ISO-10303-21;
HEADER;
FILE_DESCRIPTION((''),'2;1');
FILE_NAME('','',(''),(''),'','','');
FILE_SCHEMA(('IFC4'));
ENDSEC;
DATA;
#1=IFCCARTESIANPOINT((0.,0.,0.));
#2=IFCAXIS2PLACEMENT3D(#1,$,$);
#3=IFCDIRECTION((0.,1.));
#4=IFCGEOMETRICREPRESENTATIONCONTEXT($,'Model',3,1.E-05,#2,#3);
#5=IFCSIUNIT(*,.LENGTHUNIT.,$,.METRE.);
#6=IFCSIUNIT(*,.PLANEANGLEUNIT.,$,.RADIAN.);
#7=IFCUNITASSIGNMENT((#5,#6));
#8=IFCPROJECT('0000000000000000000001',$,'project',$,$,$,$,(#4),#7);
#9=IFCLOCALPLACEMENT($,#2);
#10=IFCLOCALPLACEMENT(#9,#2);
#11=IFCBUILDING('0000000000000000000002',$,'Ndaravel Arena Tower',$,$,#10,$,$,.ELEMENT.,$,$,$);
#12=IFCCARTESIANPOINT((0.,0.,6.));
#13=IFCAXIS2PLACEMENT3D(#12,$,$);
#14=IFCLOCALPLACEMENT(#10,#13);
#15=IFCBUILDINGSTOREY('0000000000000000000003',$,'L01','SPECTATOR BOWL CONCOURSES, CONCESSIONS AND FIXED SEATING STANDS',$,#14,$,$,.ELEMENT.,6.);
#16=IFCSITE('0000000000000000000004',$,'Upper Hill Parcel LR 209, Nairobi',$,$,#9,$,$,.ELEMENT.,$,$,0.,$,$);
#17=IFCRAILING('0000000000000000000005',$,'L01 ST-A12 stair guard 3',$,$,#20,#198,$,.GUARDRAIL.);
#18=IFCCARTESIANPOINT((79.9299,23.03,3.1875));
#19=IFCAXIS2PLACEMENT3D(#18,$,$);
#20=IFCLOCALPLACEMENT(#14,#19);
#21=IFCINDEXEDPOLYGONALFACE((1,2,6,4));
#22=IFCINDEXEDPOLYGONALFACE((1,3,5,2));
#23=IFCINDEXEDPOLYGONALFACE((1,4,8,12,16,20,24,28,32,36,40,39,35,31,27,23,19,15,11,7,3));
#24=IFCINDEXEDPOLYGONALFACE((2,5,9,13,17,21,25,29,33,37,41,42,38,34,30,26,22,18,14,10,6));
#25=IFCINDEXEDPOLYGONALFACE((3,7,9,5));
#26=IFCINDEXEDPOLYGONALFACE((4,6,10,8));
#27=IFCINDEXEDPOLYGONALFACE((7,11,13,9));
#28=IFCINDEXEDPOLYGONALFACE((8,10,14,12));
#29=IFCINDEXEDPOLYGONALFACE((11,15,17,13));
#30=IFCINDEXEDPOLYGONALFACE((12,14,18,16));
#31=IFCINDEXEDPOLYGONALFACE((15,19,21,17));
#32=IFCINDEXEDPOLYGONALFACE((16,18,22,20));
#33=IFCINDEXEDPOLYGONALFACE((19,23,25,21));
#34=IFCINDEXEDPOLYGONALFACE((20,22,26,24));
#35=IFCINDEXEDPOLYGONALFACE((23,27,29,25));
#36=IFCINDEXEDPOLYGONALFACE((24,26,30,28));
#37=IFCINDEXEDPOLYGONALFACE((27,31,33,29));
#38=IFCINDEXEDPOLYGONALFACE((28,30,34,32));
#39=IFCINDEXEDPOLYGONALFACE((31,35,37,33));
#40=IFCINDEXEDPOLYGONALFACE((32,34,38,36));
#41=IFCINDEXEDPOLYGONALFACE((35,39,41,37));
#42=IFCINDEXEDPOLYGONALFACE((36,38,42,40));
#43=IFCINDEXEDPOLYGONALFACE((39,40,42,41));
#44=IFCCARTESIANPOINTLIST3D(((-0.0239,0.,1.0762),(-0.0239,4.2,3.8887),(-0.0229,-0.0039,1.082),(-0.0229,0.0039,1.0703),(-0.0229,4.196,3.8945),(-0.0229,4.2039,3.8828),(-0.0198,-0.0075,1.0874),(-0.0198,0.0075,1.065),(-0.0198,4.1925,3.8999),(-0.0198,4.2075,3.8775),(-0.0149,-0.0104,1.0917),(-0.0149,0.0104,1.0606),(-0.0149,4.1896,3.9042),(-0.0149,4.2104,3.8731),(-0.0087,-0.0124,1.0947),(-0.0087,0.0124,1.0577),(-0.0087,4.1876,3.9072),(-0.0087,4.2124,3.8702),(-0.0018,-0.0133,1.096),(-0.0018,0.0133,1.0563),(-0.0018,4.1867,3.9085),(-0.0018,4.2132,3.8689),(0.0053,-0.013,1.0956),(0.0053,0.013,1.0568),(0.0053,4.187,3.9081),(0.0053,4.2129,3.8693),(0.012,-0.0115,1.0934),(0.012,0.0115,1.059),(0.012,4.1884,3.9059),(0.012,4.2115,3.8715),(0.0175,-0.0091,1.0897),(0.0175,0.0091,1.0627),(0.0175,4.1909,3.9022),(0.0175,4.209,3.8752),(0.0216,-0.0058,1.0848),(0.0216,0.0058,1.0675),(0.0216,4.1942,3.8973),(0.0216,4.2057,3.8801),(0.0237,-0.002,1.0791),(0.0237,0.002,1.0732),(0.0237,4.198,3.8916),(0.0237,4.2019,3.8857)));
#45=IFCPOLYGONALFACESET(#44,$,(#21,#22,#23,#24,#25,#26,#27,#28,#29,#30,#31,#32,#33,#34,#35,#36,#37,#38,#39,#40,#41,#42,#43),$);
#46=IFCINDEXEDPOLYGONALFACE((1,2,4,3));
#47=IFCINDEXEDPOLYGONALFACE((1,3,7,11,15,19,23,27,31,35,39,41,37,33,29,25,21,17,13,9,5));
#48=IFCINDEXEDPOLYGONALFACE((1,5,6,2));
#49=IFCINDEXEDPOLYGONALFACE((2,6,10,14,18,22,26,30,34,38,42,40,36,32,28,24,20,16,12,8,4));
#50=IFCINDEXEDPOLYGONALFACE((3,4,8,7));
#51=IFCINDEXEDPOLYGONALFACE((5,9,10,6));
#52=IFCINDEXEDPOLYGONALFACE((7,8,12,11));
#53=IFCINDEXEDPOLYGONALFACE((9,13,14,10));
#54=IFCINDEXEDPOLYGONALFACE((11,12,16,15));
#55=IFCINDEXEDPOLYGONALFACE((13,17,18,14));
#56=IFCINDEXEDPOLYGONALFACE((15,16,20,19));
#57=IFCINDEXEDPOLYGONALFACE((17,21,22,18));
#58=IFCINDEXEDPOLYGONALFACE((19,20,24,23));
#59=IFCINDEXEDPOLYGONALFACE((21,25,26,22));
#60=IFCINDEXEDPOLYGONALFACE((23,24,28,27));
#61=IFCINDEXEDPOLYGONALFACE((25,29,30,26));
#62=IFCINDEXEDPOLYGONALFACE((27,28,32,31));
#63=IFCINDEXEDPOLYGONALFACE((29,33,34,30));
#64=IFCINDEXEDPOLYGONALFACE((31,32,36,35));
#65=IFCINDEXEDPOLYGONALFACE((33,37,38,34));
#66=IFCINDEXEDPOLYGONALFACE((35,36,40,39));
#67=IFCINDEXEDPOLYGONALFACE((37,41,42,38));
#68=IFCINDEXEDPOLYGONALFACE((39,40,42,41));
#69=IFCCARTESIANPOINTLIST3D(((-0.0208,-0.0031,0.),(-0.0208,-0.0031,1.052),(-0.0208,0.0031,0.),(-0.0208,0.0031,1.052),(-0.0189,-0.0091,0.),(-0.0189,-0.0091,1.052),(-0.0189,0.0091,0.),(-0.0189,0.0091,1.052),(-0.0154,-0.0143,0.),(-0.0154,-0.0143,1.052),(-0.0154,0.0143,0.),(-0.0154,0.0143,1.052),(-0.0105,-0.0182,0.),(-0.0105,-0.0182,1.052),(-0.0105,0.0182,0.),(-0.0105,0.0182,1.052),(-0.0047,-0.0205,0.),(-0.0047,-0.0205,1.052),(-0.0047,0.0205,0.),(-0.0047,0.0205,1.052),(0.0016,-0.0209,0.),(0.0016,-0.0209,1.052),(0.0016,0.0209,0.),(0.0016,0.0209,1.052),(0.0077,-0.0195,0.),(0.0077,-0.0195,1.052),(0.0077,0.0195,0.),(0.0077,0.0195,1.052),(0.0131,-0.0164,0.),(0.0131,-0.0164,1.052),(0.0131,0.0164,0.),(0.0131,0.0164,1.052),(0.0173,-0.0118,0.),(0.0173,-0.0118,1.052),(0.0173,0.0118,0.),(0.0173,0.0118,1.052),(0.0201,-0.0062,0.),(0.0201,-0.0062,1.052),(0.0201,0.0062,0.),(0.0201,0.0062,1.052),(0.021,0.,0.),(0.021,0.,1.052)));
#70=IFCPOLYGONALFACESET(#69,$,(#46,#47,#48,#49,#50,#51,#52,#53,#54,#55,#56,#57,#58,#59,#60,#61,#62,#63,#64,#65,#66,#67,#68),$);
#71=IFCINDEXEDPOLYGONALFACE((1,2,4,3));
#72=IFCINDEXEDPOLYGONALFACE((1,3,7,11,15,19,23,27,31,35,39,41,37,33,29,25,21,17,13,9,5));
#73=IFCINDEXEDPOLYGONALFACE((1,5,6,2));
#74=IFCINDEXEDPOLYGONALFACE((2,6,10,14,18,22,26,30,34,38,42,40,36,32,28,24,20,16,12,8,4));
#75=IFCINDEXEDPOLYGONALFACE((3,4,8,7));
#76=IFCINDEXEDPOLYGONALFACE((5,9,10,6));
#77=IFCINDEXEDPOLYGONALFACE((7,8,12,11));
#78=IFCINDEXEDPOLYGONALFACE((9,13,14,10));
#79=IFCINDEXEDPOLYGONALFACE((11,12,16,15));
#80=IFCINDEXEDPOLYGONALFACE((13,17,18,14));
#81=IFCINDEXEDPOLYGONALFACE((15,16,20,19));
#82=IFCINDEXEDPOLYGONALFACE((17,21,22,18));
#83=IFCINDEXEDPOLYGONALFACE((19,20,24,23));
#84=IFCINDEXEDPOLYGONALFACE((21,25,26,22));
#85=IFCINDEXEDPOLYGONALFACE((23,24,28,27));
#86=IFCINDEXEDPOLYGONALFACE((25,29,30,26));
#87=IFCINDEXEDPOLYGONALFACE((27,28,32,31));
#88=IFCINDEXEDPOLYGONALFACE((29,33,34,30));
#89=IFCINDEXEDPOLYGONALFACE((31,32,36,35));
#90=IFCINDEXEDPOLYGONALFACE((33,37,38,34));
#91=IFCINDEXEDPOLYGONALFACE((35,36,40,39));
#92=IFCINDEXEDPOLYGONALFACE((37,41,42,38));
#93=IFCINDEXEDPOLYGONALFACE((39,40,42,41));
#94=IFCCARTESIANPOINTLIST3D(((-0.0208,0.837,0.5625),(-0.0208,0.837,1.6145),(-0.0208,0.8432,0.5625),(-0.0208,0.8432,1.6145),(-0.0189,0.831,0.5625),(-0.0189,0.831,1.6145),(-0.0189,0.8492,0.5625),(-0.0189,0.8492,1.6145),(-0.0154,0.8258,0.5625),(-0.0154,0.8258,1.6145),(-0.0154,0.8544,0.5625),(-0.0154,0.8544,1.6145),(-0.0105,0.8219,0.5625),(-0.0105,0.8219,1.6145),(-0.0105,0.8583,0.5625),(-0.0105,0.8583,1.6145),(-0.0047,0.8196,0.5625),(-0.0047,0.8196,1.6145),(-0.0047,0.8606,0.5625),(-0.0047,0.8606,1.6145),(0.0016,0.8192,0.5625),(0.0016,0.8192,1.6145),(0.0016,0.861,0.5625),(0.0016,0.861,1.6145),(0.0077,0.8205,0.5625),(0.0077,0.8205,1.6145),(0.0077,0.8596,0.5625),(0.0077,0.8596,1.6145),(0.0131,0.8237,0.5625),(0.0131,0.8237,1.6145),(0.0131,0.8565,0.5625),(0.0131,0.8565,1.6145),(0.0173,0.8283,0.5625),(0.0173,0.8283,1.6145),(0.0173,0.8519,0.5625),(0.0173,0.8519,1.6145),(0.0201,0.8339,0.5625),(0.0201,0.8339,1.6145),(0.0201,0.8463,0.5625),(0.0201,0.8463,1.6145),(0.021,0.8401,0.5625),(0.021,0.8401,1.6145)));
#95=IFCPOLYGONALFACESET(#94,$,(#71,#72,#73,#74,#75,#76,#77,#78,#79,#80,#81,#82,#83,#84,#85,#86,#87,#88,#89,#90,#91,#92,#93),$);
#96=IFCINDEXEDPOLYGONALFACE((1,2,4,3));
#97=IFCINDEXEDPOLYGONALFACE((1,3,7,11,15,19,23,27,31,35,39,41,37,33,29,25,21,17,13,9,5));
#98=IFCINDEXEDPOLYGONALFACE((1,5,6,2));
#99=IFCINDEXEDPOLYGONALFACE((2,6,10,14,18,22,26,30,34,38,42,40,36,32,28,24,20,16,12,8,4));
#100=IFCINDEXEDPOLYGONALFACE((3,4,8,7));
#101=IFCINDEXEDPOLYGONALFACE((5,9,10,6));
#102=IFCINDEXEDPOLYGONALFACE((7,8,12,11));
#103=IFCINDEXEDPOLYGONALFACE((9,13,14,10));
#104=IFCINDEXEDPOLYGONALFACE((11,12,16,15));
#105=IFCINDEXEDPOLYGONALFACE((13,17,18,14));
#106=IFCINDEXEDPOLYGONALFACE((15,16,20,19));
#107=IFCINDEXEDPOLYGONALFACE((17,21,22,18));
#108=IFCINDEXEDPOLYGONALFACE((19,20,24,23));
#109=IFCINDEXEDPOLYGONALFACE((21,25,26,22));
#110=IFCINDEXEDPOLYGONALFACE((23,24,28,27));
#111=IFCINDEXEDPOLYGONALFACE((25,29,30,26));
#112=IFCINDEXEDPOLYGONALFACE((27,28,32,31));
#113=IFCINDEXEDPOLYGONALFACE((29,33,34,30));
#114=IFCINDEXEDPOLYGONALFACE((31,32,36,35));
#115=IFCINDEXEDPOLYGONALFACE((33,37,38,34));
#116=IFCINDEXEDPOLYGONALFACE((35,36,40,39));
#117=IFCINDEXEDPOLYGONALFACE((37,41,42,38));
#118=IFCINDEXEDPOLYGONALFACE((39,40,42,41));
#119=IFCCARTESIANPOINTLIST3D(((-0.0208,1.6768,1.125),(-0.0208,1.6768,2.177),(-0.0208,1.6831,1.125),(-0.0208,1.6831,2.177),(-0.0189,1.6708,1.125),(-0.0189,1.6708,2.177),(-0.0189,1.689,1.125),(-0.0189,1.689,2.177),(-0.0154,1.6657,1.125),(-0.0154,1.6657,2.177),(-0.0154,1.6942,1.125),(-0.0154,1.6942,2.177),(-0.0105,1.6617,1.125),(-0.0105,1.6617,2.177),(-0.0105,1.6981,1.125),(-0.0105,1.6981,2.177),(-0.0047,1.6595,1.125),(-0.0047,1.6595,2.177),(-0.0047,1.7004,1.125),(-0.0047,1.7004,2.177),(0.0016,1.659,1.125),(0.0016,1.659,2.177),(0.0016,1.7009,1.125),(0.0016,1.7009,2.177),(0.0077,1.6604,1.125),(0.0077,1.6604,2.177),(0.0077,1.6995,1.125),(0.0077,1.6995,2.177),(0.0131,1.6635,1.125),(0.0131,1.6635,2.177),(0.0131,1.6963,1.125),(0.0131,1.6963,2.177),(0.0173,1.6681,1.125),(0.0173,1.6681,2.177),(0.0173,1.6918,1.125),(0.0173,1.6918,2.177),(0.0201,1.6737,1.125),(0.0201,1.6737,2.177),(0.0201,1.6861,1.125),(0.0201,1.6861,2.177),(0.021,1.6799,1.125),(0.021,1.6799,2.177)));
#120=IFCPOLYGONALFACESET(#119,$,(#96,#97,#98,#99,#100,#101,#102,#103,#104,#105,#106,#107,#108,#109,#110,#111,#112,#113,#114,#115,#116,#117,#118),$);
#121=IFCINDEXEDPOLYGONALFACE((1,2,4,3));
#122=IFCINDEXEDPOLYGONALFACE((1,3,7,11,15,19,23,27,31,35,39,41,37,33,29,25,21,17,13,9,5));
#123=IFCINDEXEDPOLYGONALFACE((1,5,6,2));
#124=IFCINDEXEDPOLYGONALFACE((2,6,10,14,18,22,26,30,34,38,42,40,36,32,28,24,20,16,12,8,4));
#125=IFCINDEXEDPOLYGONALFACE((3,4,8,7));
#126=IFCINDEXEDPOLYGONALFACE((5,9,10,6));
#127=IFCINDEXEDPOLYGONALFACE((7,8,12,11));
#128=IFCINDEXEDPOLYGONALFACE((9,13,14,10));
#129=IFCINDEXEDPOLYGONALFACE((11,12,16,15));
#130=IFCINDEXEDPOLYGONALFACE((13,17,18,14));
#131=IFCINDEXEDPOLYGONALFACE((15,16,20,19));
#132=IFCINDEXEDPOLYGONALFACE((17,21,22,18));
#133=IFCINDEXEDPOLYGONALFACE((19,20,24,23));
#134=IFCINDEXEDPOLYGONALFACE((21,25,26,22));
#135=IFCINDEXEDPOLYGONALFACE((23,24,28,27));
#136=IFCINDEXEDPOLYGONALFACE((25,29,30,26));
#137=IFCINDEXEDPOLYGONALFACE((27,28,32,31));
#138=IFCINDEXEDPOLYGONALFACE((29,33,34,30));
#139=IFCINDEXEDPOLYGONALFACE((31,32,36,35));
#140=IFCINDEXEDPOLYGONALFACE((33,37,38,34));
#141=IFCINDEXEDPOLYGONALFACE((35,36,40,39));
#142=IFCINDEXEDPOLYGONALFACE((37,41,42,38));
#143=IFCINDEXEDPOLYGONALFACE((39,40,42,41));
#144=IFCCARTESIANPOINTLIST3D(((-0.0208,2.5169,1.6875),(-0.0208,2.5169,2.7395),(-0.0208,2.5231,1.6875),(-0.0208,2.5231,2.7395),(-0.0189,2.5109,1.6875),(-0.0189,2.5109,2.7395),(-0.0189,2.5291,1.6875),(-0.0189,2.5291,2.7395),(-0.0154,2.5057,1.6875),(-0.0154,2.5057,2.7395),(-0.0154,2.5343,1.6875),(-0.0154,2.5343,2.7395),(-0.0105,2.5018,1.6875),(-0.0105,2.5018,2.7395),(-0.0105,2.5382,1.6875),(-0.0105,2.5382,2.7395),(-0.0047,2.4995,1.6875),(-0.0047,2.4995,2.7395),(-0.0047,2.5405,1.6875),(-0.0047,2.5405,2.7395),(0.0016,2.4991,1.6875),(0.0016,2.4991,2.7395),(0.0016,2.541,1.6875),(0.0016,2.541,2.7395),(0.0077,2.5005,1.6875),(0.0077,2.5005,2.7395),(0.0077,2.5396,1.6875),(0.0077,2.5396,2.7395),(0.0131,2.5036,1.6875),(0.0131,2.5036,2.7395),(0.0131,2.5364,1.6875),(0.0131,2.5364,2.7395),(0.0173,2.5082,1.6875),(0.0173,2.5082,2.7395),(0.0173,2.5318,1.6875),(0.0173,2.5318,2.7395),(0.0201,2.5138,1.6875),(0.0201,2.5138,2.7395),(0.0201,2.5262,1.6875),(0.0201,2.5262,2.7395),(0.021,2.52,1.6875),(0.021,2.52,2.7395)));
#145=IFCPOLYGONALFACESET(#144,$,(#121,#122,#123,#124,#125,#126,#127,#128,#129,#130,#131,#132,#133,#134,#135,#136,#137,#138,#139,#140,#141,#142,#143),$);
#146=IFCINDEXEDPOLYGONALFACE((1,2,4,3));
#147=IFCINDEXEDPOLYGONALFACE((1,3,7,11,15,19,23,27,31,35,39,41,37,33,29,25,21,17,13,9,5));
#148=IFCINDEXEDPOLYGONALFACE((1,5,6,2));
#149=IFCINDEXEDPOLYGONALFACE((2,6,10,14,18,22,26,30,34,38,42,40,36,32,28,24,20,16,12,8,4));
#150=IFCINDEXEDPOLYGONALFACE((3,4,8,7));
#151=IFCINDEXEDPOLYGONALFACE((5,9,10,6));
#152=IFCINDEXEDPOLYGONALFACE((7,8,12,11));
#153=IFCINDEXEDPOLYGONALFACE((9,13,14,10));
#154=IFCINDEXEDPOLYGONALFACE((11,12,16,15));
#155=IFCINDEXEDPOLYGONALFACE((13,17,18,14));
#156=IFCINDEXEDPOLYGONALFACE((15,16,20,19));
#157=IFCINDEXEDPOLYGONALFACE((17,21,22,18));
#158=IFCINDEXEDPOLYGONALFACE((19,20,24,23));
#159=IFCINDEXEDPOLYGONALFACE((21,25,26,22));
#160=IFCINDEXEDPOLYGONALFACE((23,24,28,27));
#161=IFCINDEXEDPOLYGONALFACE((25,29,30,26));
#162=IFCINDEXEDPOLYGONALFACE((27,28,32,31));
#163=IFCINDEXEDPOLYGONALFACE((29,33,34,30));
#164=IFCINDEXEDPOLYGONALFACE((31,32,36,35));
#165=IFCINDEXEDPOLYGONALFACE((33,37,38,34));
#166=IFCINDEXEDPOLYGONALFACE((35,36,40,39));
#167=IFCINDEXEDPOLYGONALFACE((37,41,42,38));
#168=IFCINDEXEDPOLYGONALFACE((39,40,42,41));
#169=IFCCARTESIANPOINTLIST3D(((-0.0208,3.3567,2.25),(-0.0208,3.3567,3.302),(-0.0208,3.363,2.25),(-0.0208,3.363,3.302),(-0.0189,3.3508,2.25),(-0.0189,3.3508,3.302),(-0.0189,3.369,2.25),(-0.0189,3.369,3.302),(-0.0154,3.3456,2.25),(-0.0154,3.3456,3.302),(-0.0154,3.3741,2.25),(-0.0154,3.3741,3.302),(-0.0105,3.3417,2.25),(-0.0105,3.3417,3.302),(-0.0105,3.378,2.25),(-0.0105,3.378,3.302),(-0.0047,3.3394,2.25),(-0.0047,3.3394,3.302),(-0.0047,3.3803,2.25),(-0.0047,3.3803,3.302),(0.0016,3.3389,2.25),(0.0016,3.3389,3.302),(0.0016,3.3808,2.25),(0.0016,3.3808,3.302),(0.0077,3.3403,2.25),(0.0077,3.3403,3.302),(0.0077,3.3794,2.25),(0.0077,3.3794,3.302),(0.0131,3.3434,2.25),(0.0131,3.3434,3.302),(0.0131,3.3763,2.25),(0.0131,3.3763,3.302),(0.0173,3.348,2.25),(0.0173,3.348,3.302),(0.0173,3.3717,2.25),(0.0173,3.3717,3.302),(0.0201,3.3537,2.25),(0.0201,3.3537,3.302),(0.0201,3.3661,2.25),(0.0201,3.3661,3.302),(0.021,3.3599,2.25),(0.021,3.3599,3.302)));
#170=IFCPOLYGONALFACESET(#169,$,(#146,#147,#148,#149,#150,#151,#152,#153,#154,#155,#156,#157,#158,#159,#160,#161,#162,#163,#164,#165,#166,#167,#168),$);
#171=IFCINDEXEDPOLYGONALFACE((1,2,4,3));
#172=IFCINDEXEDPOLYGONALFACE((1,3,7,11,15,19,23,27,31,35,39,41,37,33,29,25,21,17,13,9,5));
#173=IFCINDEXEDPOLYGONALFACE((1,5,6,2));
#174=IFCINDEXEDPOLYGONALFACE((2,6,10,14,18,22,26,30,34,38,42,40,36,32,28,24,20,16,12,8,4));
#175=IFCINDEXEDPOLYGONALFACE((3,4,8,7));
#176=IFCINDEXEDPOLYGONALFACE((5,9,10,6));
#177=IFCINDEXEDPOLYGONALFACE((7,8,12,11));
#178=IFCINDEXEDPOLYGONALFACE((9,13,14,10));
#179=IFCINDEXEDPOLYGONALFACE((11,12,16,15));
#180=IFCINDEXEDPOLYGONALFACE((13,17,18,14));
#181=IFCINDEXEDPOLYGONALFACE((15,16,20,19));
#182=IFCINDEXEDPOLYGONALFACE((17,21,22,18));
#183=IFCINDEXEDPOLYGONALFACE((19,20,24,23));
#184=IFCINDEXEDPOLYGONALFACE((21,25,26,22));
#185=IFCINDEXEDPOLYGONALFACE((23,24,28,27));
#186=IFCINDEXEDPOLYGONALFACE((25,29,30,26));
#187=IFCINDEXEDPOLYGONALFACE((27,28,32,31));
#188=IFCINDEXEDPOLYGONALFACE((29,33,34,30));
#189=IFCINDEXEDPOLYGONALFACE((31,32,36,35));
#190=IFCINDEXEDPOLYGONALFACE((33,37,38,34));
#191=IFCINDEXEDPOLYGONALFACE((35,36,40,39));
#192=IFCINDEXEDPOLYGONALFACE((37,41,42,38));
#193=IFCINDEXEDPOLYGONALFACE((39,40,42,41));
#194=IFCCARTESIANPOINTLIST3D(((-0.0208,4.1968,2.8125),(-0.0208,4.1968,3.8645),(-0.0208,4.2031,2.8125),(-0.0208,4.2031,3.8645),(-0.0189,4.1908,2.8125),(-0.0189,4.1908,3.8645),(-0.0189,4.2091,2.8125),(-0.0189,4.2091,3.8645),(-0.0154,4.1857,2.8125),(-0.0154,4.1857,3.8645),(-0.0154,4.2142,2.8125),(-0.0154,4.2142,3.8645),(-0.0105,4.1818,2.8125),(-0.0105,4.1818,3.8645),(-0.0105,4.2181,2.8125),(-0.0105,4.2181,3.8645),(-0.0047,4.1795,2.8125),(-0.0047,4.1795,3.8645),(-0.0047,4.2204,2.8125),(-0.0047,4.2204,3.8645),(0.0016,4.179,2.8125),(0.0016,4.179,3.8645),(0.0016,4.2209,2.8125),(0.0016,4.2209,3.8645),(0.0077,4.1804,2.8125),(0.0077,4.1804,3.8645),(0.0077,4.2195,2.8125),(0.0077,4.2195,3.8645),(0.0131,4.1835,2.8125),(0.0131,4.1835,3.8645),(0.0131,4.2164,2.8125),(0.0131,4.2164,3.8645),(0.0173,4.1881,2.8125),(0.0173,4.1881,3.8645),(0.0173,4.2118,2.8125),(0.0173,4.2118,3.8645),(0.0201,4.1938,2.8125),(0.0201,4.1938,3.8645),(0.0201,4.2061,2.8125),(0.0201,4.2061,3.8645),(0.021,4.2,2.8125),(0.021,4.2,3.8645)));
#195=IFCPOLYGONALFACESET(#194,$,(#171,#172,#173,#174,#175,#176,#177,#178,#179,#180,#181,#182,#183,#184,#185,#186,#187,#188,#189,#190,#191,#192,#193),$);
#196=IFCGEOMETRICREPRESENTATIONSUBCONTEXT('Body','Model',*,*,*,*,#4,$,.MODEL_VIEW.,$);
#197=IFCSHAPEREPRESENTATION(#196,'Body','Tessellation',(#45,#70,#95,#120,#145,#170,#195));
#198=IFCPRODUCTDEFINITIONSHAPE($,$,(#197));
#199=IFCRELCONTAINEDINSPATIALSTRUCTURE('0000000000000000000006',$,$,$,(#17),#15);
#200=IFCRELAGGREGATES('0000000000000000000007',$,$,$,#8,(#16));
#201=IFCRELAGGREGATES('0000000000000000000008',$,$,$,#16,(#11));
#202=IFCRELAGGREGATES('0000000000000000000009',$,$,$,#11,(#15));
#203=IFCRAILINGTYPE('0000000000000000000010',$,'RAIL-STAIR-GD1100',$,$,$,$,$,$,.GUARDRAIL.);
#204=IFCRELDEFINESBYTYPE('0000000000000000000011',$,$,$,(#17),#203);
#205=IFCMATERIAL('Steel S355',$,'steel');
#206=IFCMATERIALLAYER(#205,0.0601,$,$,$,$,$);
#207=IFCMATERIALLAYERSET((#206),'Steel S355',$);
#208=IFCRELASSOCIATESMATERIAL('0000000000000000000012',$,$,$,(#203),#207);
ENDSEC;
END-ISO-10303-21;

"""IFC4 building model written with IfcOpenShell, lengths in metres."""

from ifc_helpers import new_model, si_unit, direction, frame, origin, origin_2d, place, context, subcontext, project, spatial, circle, extrude, material, layer, layer_set, type_object, element, save


model = new_model("IFC4")

# Units and contexts
model_context = context("Model", 3, precision=1e-05, world=origin(), true_north=direction((0.0, 1.0)))
body_context = subcontext(model_context, "Body", "Model", "MODEL_VIEW")
ifc_project = project(units=[si_unit("LENGTHUNIT", "METRE"), si_unit("PLANEANGLEUNIT", "RADIAN")], contexts=[model_context])

# Site, building, storey
site_placement = place(None, origin())
site = spatial("IfcSite", under=ifc_project, at=site_placement, Name="Upper Hill Parcel LR 209, Nairobi", CompositionType="ELEMENT", RefElevation=0.0)
building_placement = place(site_placement, origin())
building = spatial("IfcBuilding", under=site, at=building_placement, Name="Ndaravel Arena Tower", CompositionType="ELEMENT")
storey_placement = place(building_placement, frame((0.0, 0.0, 6.0)))
storey = spatial("IfcBuildingStorey", under=building, at=storey_placement, Name="L01", Description="SPECTATOR BOWL CONCOURSES, CONCESSIONS AND FIXED SEATING STANDS", CompositionType="ELEMENT", Elevation=6.0)

# Railing
ifc_material_1 = material(Name="Steel S355", Category="steel")
ifc_layer_1 = layer(ifc_material_1, 0.0601)
ifc_layer_set_1 = layer_set([ifc_layer_1], Name="Steel S355")
railing_type_1 = type_object("IfcRailingType", Name="RAIL-STAIR-GD1100", PredefinedType="GUARDRAIL", material=ifc_layer_set_1)
railing_1_placement = place(storey_placement, frame((79.9299, 23.03, 3.1875)))
element("IfcRailing", 1, at=railing_1_placement, inside=storey, type_object=railing_type_1, Name="L01 ST-A12 stair guard 3", PredefinedType="GUARDRAIL", context=body_context, shape_type="SweptSolid", body=[
    extrude(circle(Radius=0.0239, at=origin_2d()), frame((0.0, 0.0, 1.0762), z_axis=(0.0, 0.830904, 0.556416), x_axis=(-1.0, 0.0, 0.0)), (0.0, 0.0, 1.0), 5.0547),
    extrude(circle(Radius=0.021, at=origin_2d()), origin(), (0.0, 0.0, 1.0), 1.052),
    extrude(circle(Radius=0.021, at=origin_2d()), frame((0.0, 0.8401, 0.5625)), (0.0, 0.0, 1.0), 1.052),
    extrude(circle(Radius=0.021, at=origin_2d()), frame((0.0, 1.6799, 1.125)), (0.0, 0.0, 1.0), 1.052),
    extrude(circle(Radius=0.021, at=origin_2d()), frame((0.0, 2.52, 1.6875)), (0.0, 0.0, 1.0), 1.052),
    extrude(circle(Radius=0.021, at=origin_2d()), frame((0.0, 3.3599, 2.25)), (0.0, 0.0, 1.0), 1.052),
    extrude(circle(Radius=0.021, at=origin_2d()), frame((0.0, 4.2, 2.8125)), (0.0, 0.0, 1.0), 1.052),
])

save(model, "model.ifc")
